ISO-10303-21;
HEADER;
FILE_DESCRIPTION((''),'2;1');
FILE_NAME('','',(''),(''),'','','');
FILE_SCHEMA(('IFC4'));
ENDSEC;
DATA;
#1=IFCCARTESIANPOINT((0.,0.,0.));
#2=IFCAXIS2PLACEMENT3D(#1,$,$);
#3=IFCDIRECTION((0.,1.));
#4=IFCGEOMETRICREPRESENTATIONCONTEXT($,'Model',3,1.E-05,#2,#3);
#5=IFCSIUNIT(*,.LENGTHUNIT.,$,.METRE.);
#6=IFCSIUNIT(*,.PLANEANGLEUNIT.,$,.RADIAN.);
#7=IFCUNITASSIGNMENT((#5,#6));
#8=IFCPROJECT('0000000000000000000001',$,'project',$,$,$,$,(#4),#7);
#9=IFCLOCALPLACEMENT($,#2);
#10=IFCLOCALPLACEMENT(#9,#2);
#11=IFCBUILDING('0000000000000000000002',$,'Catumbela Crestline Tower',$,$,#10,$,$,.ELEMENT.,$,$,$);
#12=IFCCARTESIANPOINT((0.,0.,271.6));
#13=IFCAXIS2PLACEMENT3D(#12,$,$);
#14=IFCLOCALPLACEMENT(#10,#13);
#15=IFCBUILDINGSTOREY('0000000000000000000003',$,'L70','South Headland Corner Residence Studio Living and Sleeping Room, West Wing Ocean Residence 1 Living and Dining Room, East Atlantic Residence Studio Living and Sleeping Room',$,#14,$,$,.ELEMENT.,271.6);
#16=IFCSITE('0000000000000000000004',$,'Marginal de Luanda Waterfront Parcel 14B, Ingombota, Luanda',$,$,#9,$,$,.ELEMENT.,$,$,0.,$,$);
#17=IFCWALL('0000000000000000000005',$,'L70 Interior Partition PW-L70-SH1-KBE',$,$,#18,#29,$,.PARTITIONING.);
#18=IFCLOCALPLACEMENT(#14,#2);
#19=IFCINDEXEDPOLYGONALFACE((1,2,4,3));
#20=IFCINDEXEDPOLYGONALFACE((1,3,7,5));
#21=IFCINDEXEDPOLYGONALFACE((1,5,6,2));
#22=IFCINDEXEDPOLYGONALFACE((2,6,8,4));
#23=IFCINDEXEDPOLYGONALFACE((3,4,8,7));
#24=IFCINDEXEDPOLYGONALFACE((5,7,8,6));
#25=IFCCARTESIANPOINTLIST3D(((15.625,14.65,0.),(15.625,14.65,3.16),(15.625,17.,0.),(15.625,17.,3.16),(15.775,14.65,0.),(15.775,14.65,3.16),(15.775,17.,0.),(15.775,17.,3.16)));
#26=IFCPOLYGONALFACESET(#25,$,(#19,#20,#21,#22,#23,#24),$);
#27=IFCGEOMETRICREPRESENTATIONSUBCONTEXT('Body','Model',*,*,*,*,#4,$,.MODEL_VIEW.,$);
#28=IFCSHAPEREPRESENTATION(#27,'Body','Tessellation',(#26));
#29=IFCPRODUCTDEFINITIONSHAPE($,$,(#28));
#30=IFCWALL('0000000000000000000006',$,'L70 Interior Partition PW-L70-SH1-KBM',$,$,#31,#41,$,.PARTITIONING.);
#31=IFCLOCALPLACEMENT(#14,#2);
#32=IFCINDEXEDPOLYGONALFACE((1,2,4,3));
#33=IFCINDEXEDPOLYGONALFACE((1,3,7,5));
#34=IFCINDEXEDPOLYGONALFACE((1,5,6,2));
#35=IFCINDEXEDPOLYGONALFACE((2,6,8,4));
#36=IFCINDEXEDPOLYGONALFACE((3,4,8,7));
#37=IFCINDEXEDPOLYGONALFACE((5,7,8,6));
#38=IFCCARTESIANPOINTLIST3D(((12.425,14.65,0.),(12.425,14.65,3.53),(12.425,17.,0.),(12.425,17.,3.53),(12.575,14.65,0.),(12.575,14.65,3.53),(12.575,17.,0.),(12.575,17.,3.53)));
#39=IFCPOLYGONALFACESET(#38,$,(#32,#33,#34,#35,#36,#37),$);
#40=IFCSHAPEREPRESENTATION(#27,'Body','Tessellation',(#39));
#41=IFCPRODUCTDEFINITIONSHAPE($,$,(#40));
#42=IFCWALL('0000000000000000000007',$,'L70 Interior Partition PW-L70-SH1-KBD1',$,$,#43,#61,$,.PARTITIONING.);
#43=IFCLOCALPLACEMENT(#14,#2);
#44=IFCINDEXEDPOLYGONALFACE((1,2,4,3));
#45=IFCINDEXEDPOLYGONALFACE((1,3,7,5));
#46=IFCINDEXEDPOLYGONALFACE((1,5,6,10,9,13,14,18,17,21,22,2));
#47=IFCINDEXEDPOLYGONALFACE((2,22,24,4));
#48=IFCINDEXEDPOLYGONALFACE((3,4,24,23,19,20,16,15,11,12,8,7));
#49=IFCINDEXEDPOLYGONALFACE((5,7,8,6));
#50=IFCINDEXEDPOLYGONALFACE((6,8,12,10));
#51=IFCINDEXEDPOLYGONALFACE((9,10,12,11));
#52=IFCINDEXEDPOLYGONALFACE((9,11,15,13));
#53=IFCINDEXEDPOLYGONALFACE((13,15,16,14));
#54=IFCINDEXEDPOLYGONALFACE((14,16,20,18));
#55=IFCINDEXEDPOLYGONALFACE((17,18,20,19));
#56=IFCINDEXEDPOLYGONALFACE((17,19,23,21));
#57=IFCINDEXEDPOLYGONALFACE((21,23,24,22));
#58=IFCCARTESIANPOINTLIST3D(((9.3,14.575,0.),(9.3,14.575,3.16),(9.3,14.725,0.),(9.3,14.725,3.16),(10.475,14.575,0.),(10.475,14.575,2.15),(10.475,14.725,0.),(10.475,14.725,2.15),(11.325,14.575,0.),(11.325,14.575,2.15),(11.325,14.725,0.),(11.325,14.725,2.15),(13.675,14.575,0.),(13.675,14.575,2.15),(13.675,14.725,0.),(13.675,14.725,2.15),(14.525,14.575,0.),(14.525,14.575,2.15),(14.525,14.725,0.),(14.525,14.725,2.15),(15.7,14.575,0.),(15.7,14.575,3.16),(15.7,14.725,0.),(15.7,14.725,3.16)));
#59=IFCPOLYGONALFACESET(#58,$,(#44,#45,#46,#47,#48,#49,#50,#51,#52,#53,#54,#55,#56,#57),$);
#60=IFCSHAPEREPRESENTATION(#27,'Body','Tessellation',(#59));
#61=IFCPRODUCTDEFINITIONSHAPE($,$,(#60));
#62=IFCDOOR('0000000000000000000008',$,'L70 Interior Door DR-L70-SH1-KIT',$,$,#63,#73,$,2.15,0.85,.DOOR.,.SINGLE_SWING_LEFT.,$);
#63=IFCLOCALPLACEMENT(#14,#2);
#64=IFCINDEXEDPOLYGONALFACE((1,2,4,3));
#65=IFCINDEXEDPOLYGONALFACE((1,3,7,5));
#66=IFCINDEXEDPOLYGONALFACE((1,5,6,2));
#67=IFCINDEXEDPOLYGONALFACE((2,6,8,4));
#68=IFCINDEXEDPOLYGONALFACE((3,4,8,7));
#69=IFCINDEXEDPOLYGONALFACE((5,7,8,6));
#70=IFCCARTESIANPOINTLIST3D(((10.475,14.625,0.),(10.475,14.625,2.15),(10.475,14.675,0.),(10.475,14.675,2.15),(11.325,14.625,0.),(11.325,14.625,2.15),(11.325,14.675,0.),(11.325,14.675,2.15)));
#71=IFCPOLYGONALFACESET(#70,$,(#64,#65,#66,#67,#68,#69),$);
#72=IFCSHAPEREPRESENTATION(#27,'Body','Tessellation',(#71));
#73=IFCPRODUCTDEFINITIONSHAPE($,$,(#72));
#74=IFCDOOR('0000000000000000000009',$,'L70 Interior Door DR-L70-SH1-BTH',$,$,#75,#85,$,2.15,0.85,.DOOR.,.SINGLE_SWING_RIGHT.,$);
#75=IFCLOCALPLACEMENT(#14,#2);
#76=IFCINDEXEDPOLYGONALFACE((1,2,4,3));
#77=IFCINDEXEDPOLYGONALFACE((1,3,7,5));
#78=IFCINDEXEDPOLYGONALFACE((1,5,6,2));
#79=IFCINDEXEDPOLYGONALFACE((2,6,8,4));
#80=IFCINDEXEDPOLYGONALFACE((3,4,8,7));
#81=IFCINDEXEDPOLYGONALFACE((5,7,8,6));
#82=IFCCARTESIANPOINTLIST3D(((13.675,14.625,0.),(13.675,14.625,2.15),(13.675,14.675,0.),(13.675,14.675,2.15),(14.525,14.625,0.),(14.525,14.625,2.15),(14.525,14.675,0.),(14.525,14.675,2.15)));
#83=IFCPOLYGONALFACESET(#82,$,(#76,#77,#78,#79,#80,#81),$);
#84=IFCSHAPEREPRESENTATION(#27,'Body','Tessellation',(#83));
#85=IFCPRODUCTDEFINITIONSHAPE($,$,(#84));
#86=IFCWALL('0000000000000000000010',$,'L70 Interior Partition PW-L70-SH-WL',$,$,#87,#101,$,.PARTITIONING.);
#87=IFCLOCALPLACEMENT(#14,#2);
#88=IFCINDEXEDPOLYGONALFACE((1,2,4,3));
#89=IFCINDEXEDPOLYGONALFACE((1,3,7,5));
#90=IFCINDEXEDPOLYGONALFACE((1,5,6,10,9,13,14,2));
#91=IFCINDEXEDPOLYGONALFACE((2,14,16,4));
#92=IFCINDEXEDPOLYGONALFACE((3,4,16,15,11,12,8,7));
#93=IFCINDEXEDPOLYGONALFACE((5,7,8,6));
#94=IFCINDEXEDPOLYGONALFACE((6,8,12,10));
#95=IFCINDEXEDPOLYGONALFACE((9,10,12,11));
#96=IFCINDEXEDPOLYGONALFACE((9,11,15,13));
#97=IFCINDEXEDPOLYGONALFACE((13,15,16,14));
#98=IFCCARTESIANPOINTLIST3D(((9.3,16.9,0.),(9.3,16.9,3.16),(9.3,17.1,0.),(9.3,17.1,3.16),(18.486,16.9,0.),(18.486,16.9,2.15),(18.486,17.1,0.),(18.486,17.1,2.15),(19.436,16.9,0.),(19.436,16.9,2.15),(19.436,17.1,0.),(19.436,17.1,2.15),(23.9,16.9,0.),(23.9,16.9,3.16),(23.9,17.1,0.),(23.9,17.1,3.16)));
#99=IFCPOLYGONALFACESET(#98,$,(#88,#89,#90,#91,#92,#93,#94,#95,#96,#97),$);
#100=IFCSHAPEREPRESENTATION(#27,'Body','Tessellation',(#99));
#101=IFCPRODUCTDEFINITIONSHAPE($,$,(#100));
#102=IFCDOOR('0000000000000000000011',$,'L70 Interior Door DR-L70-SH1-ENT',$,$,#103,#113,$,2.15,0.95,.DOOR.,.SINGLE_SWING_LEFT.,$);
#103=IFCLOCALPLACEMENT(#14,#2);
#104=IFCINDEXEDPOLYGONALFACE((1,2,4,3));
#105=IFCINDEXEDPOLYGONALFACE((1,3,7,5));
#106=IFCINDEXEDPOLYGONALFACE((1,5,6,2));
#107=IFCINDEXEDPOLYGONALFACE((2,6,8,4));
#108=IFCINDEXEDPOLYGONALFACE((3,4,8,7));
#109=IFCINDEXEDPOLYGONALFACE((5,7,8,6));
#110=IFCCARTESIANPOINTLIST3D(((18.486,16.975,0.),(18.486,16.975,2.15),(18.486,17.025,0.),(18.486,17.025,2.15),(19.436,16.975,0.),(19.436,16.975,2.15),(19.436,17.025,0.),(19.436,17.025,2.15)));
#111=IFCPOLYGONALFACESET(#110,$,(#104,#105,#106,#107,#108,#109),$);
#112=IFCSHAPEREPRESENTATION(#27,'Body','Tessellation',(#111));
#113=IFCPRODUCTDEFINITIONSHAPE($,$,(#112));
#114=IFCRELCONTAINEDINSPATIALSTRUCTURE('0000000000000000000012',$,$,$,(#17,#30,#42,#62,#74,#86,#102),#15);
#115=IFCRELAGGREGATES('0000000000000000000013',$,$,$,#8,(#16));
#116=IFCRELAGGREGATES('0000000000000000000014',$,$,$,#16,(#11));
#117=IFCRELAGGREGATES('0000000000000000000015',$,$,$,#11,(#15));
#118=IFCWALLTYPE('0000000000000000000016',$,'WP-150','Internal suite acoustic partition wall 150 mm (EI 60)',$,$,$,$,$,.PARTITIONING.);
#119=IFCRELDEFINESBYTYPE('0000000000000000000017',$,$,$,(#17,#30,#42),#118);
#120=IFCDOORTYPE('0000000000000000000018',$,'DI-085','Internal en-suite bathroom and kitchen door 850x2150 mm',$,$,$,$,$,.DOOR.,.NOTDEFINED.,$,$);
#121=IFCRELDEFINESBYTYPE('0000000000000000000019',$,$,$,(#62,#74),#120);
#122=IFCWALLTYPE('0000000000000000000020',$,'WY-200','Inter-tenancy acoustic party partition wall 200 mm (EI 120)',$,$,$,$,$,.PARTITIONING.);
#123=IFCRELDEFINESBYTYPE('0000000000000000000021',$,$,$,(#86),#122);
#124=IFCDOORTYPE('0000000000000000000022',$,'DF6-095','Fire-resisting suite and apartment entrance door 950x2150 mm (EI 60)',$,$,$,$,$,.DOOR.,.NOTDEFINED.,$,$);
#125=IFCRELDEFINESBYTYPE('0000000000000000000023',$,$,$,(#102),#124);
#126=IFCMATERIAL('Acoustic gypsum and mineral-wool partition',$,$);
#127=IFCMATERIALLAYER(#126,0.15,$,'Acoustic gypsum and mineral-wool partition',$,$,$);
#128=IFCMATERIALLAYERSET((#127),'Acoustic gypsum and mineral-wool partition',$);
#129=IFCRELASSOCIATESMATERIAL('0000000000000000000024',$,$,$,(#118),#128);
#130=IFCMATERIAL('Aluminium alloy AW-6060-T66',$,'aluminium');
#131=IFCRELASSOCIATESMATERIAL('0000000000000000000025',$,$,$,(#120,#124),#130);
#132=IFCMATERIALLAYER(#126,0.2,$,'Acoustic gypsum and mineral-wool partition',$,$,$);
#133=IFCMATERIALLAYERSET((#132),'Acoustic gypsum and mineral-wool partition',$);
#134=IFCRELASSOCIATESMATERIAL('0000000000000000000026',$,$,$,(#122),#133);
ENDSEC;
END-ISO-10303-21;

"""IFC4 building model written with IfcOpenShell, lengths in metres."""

from ifc_helpers import new_model, si_unit, direction, frame, frame_2d, origin, place, context, subcontext, project, spatial, rectangle, extrude, material, layer, layer_set, type_object, element, fill, save


model = new_model("IFC4")

# Units and contexts
model_context = context("Model", 3, precision=1e-05, world=origin(), true_north=direction((0.0, 1.0)))
body_context = subcontext(model_context, "Body", "Model", "MODEL_VIEW")
ifc_project = project(units=[si_unit("LENGTHUNIT", "METRE"), si_unit("PLANEANGLEUNIT", "RADIAN")], contexts=[model_context])

# Site, building, storey
site_placement = place(None, origin())
site = spatial("IfcSite", under=ifc_project, at=site_placement, Name="Marginal de Luanda Waterfront Parcel 14B, Ingombota, Luanda", CompositionType="ELEMENT", RefElevation=0.0)
building_placement = place(site_placement, origin())
building = spatial("IfcBuilding", under=site, at=building_placement, Name="Catumbela Crestline Tower", CompositionType="ELEMENT")
storey_placement = place(building_placement, frame((0.0, 0.0, 271.6)))
storey = spatial("IfcBuildingStorey", under=building, at=storey_placement, Name="L70", Description="South Headland Corner Residence Studio Living and Sleeping Room, West Wing Ocean Residence 1 Living and Dining Room, East Atlantic Residence Studio Living and Sleeping Room", CompositionType="ELEMENT", Elevation=271.6)

# Shared definitions
ifc_material_1 = material(Name="Aluminium alloy AW-6060-T66", Category="aluminium")

# Walls
ifc_material_2 = material(Name="Acoustic gypsum and mineral-wool partition")
ifc_layer_1 = layer(ifc_material_2, 0.15, Name="Acoustic gypsum and mineral-wool partition")
ifc_layer_set_1 = layer_set([ifc_layer_1], Name="Acoustic gypsum and mineral-wool partition")
wall_type_1 = type_object("IfcWallType", Name="WP-150", Description="Internal suite acoustic partition wall 150 mm (EI 60)", PredefinedType="PARTITIONING", material=ifc_layer_set_1)
wall_1_placement = place(storey_placement, frame((15.7, 14.65, 0.0), z_axis=(0.0, 0.0, 1.0), x_axis=(0.0, 1.0, 0.0)))
element("IfcWall", 1, at=wall_1_placement, inside=storey, type_object=wall_type_1, Name="L70 Interior Partition PW-L70-SH1-KBE", PredefinedType="PARTITIONING", context=body_context, shape_type="SweptSolid", body=[
    extrude(rectangle(XDim=2.35, YDim=0.15, at=frame_2d((1.175, 0.0))), origin(), (0.0, 0.0, 1.0), 3.16),
])
wall_2_placement = place(storey_placement, frame((12.5, 14.65, 0.0), z_axis=(0.0, 0.0, 1.0), x_axis=(0.0, 1.0, 0.0)))
element("IfcWall", 2, at=wall_2_placement, inside=storey, type_object=wall_type_1, Name="L70 Interior Partition PW-L70-SH1-KBM", PredefinedType="PARTITIONING", context=body_context, shape_type="SweptSolid", body=[
    extrude(rectangle(XDim=2.35, YDim=0.15, at=frame_2d((1.175, 0.0))), origin(), (0.0, 0.0, 1.0), 3.53),
])

# Wall, openings, doors
wall_3_placement = place(storey_placement, frame((9.3, 14.65, 0.0), z_axis=(0.0, 0.0, 1.0), x_axis=(1.0, 0.0, 0.0)))
wall_3 = element("IfcWall", 3, at=wall_3_placement, inside=storey, type_object=wall_type_1, Name="L70 Interior Partition PW-L70-SH1-KBD1", PredefinedType="PARTITIONING", context=body_context, shape_type="SweptSolid", body=[
    extrude(rectangle(XDim=6.4, YDim=0.15, at=frame_2d((3.2, 0.0))), origin(), (0.0, 0.0, 1.0), 3.16),
])
opening_1_placement = place(wall_3_placement, frame((1.175, 0.0, 0.0)))
opening_1 = element("IfcOpeningElement", 4, at=opening_1_placement, cuts=wall_3, PredefinedType="OPENING", context=body_context, shape_type="SweptSolid", body=[
    extrude(rectangle(XDim=0.85, YDim=2.15, at=frame_2d((0.425, 1.075))), frame((0.0, 0.085, 0.0), z_axis=(0.0, -1.0, 0.0), x_axis=(1.0, 0.0, 0.0)), (0.0, 0.0, 1.0), 0.17),
])
opening_2_placement = place(wall_3_placement, frame((4.375, 0.0, 0.0)))
opening_2 = element("IfcOpeningElement", 5, at=opening_2_placement, cuts=wall_3, PredefinedType="OPENING", context=body_context, shape_type="SweptSolid", body=[
    extrude(rectangle(XDim=0.85, YDim=2.15, at=frame_2d((0.425, 1.075))), frame((0.0, 0.085, 0.0), z_axis=(0.0, -1.0, 0.0), x_axis=(1.0, 0.0, 0.0)), (0.0, 0.0, 1.0), 0.17),
])
door_type_1 = type_object("IfcDoorType", Name="DI-085", Description="Internal en-suite bathroom and kitchen door 850x2150 mm", OperationType="NOTDEFINED", PredefinedType="DOOR", material=ifc_material_1)
door_1_placement = place(opening_1_placement, origin())
door_1 = element("IfcDoor", 6, at=door_1_placement, inside=storey, type_object=door_type_1, Name="L70 Interior Door DR-L70-SH1-KIT", OperationType="SINGLE_SWING_LEFT", OverallHeight=2.15, OverallWidth=0.85, PredefinedType="DOOR", context=body_context, shape_type="SweptSolid", body=[
    extrude(rectangle(XDim=0.85, YDim=2.15, at=frame_2d((0.425, 1.075))), frame((0.0, 0.025, 0.0), z_axis=(0.0, -1.0, 0.0), x_axis=(1.0, 0.0, 0.0)), (0.0, 0.0, 1.0), 0.05),
])
fill(opening_1, door_1)
door_2_placement = place(opening_2_placement, origin())
door_2 = element("IfcDoor", 7, at=door_2_placement, inside=storey, type_object=door_type_1, Name="L70 Interior Door DR-L70-SH1-BTH", OperationType="SINGLE_SWING_RIGHT", OverallHeight=2.15, OverallWidth=0.85, PredefinedType="DOOR", context=body_context, shape_type="SweptSolid", body=[
    extrude(rectangle(XDim=0.85, YDim=2.15, at=frame_2d((0.425, 1.075))), frame((0.0, 0.025, 0.0), z_axis=(0.0, -1.0, 0.0), x_axis=(1.0, 0.0, 0.0)), (0.0, 0.0, 1.0), 0.05),
])
fill(opening_2, door_2)

# Wall, opening, door
ifc_layer_2 = layer(ifc_material_2, 0.2, Name="Acoustic gypsum and mineral-wool partition")
ifc_layer_set_2 = layer_set([ifc_layer_2], Name="Acoustic gypsum and mineral-wool partition")
wall_type_2 = type_object("IfcWallType", Name="WY-200", Description="Inter-tenancy acoustic party partition wall 200 mm (EI 120)", PredefinedType="PARTITIONING", material=ifc_layer_set_2)
wall_4_placement = place(storey_placement, frame((9.3, 17.0, 0.0), z_axis=(0.0, 0.0, 1.0), x_axis=(1.0, 0.0, 0.0)))
wall_4 = element("IfcWall", 8, at=wall_4_placement, inside=storey, type_object=wall_type_2, Name="L70 Interior Partition PW-L70-SH-WL", PredefinedType="PARTITIONING", context=body_context, shape_type="SweptSolid", body=[
    extrude(rectangle(XDim=14.6, YDim=0.2, at=frame_2d((7.3, 0.0))), origin(), (0.0, 0.0, 1.0), 3.16),
])
opening_3_placement = place(wall_4_placement, frame((9.186, 0.0, 0.0)))
opening_3 = element("IfcOpeningElement", 9, at=opening_3_placement, cuts=wall_4, PredefinedType="OPENING", context=body_context, shape_type="SweptSolid", body=[
    extrude(rectangle(XDim=0.95, YDim=2.15, at=frame_2d((0.475, 1.075))), frame((0.0, 0.11, 0.0), z_axis=(0.0, -1.0, 0.0), x_axis=(1.0, 0.0, 0.0)), (0.0, 0.0, 1.0), 0.22),
])
door_type_2 = type_object("IfcDoorType", Name="DF6-095", Description="Fire-resisting suite and apartment entrance door 950x2150 mm (EI 60)", OperationType="NOTDEFINED", PredefinedType="DOOR", material=ifc_material_1)
door_3_placement = place(opening_3_placement, origin())
door_3 = element("IfcDoor", 10, at=door_3_placement, inside=storey, type_object=door_type_2, Name="L70 Interior Door DR-L70-SH1-ENT", OperationType="SINGLE_SWING_LEFT", OverallHeight=2.15, OverallWidth=0.95, PredefinedType="DOOR", context=body_context, shape_type="SweptSolid", body=[
    extrude(rectangle(XDim=0.95, YDim=2.15, at=frame_2d((0.475, 1.075))), frame((0.0, 0.025, 0.0), z_axis=(0.0, -1.0, 0.0), x_axis=(1.0, 0.0, 0.0)), (0.0, 0.0, 1.0), 0.05),
])
fill(opening_3, door_3)

save(model, "model.ifc")
